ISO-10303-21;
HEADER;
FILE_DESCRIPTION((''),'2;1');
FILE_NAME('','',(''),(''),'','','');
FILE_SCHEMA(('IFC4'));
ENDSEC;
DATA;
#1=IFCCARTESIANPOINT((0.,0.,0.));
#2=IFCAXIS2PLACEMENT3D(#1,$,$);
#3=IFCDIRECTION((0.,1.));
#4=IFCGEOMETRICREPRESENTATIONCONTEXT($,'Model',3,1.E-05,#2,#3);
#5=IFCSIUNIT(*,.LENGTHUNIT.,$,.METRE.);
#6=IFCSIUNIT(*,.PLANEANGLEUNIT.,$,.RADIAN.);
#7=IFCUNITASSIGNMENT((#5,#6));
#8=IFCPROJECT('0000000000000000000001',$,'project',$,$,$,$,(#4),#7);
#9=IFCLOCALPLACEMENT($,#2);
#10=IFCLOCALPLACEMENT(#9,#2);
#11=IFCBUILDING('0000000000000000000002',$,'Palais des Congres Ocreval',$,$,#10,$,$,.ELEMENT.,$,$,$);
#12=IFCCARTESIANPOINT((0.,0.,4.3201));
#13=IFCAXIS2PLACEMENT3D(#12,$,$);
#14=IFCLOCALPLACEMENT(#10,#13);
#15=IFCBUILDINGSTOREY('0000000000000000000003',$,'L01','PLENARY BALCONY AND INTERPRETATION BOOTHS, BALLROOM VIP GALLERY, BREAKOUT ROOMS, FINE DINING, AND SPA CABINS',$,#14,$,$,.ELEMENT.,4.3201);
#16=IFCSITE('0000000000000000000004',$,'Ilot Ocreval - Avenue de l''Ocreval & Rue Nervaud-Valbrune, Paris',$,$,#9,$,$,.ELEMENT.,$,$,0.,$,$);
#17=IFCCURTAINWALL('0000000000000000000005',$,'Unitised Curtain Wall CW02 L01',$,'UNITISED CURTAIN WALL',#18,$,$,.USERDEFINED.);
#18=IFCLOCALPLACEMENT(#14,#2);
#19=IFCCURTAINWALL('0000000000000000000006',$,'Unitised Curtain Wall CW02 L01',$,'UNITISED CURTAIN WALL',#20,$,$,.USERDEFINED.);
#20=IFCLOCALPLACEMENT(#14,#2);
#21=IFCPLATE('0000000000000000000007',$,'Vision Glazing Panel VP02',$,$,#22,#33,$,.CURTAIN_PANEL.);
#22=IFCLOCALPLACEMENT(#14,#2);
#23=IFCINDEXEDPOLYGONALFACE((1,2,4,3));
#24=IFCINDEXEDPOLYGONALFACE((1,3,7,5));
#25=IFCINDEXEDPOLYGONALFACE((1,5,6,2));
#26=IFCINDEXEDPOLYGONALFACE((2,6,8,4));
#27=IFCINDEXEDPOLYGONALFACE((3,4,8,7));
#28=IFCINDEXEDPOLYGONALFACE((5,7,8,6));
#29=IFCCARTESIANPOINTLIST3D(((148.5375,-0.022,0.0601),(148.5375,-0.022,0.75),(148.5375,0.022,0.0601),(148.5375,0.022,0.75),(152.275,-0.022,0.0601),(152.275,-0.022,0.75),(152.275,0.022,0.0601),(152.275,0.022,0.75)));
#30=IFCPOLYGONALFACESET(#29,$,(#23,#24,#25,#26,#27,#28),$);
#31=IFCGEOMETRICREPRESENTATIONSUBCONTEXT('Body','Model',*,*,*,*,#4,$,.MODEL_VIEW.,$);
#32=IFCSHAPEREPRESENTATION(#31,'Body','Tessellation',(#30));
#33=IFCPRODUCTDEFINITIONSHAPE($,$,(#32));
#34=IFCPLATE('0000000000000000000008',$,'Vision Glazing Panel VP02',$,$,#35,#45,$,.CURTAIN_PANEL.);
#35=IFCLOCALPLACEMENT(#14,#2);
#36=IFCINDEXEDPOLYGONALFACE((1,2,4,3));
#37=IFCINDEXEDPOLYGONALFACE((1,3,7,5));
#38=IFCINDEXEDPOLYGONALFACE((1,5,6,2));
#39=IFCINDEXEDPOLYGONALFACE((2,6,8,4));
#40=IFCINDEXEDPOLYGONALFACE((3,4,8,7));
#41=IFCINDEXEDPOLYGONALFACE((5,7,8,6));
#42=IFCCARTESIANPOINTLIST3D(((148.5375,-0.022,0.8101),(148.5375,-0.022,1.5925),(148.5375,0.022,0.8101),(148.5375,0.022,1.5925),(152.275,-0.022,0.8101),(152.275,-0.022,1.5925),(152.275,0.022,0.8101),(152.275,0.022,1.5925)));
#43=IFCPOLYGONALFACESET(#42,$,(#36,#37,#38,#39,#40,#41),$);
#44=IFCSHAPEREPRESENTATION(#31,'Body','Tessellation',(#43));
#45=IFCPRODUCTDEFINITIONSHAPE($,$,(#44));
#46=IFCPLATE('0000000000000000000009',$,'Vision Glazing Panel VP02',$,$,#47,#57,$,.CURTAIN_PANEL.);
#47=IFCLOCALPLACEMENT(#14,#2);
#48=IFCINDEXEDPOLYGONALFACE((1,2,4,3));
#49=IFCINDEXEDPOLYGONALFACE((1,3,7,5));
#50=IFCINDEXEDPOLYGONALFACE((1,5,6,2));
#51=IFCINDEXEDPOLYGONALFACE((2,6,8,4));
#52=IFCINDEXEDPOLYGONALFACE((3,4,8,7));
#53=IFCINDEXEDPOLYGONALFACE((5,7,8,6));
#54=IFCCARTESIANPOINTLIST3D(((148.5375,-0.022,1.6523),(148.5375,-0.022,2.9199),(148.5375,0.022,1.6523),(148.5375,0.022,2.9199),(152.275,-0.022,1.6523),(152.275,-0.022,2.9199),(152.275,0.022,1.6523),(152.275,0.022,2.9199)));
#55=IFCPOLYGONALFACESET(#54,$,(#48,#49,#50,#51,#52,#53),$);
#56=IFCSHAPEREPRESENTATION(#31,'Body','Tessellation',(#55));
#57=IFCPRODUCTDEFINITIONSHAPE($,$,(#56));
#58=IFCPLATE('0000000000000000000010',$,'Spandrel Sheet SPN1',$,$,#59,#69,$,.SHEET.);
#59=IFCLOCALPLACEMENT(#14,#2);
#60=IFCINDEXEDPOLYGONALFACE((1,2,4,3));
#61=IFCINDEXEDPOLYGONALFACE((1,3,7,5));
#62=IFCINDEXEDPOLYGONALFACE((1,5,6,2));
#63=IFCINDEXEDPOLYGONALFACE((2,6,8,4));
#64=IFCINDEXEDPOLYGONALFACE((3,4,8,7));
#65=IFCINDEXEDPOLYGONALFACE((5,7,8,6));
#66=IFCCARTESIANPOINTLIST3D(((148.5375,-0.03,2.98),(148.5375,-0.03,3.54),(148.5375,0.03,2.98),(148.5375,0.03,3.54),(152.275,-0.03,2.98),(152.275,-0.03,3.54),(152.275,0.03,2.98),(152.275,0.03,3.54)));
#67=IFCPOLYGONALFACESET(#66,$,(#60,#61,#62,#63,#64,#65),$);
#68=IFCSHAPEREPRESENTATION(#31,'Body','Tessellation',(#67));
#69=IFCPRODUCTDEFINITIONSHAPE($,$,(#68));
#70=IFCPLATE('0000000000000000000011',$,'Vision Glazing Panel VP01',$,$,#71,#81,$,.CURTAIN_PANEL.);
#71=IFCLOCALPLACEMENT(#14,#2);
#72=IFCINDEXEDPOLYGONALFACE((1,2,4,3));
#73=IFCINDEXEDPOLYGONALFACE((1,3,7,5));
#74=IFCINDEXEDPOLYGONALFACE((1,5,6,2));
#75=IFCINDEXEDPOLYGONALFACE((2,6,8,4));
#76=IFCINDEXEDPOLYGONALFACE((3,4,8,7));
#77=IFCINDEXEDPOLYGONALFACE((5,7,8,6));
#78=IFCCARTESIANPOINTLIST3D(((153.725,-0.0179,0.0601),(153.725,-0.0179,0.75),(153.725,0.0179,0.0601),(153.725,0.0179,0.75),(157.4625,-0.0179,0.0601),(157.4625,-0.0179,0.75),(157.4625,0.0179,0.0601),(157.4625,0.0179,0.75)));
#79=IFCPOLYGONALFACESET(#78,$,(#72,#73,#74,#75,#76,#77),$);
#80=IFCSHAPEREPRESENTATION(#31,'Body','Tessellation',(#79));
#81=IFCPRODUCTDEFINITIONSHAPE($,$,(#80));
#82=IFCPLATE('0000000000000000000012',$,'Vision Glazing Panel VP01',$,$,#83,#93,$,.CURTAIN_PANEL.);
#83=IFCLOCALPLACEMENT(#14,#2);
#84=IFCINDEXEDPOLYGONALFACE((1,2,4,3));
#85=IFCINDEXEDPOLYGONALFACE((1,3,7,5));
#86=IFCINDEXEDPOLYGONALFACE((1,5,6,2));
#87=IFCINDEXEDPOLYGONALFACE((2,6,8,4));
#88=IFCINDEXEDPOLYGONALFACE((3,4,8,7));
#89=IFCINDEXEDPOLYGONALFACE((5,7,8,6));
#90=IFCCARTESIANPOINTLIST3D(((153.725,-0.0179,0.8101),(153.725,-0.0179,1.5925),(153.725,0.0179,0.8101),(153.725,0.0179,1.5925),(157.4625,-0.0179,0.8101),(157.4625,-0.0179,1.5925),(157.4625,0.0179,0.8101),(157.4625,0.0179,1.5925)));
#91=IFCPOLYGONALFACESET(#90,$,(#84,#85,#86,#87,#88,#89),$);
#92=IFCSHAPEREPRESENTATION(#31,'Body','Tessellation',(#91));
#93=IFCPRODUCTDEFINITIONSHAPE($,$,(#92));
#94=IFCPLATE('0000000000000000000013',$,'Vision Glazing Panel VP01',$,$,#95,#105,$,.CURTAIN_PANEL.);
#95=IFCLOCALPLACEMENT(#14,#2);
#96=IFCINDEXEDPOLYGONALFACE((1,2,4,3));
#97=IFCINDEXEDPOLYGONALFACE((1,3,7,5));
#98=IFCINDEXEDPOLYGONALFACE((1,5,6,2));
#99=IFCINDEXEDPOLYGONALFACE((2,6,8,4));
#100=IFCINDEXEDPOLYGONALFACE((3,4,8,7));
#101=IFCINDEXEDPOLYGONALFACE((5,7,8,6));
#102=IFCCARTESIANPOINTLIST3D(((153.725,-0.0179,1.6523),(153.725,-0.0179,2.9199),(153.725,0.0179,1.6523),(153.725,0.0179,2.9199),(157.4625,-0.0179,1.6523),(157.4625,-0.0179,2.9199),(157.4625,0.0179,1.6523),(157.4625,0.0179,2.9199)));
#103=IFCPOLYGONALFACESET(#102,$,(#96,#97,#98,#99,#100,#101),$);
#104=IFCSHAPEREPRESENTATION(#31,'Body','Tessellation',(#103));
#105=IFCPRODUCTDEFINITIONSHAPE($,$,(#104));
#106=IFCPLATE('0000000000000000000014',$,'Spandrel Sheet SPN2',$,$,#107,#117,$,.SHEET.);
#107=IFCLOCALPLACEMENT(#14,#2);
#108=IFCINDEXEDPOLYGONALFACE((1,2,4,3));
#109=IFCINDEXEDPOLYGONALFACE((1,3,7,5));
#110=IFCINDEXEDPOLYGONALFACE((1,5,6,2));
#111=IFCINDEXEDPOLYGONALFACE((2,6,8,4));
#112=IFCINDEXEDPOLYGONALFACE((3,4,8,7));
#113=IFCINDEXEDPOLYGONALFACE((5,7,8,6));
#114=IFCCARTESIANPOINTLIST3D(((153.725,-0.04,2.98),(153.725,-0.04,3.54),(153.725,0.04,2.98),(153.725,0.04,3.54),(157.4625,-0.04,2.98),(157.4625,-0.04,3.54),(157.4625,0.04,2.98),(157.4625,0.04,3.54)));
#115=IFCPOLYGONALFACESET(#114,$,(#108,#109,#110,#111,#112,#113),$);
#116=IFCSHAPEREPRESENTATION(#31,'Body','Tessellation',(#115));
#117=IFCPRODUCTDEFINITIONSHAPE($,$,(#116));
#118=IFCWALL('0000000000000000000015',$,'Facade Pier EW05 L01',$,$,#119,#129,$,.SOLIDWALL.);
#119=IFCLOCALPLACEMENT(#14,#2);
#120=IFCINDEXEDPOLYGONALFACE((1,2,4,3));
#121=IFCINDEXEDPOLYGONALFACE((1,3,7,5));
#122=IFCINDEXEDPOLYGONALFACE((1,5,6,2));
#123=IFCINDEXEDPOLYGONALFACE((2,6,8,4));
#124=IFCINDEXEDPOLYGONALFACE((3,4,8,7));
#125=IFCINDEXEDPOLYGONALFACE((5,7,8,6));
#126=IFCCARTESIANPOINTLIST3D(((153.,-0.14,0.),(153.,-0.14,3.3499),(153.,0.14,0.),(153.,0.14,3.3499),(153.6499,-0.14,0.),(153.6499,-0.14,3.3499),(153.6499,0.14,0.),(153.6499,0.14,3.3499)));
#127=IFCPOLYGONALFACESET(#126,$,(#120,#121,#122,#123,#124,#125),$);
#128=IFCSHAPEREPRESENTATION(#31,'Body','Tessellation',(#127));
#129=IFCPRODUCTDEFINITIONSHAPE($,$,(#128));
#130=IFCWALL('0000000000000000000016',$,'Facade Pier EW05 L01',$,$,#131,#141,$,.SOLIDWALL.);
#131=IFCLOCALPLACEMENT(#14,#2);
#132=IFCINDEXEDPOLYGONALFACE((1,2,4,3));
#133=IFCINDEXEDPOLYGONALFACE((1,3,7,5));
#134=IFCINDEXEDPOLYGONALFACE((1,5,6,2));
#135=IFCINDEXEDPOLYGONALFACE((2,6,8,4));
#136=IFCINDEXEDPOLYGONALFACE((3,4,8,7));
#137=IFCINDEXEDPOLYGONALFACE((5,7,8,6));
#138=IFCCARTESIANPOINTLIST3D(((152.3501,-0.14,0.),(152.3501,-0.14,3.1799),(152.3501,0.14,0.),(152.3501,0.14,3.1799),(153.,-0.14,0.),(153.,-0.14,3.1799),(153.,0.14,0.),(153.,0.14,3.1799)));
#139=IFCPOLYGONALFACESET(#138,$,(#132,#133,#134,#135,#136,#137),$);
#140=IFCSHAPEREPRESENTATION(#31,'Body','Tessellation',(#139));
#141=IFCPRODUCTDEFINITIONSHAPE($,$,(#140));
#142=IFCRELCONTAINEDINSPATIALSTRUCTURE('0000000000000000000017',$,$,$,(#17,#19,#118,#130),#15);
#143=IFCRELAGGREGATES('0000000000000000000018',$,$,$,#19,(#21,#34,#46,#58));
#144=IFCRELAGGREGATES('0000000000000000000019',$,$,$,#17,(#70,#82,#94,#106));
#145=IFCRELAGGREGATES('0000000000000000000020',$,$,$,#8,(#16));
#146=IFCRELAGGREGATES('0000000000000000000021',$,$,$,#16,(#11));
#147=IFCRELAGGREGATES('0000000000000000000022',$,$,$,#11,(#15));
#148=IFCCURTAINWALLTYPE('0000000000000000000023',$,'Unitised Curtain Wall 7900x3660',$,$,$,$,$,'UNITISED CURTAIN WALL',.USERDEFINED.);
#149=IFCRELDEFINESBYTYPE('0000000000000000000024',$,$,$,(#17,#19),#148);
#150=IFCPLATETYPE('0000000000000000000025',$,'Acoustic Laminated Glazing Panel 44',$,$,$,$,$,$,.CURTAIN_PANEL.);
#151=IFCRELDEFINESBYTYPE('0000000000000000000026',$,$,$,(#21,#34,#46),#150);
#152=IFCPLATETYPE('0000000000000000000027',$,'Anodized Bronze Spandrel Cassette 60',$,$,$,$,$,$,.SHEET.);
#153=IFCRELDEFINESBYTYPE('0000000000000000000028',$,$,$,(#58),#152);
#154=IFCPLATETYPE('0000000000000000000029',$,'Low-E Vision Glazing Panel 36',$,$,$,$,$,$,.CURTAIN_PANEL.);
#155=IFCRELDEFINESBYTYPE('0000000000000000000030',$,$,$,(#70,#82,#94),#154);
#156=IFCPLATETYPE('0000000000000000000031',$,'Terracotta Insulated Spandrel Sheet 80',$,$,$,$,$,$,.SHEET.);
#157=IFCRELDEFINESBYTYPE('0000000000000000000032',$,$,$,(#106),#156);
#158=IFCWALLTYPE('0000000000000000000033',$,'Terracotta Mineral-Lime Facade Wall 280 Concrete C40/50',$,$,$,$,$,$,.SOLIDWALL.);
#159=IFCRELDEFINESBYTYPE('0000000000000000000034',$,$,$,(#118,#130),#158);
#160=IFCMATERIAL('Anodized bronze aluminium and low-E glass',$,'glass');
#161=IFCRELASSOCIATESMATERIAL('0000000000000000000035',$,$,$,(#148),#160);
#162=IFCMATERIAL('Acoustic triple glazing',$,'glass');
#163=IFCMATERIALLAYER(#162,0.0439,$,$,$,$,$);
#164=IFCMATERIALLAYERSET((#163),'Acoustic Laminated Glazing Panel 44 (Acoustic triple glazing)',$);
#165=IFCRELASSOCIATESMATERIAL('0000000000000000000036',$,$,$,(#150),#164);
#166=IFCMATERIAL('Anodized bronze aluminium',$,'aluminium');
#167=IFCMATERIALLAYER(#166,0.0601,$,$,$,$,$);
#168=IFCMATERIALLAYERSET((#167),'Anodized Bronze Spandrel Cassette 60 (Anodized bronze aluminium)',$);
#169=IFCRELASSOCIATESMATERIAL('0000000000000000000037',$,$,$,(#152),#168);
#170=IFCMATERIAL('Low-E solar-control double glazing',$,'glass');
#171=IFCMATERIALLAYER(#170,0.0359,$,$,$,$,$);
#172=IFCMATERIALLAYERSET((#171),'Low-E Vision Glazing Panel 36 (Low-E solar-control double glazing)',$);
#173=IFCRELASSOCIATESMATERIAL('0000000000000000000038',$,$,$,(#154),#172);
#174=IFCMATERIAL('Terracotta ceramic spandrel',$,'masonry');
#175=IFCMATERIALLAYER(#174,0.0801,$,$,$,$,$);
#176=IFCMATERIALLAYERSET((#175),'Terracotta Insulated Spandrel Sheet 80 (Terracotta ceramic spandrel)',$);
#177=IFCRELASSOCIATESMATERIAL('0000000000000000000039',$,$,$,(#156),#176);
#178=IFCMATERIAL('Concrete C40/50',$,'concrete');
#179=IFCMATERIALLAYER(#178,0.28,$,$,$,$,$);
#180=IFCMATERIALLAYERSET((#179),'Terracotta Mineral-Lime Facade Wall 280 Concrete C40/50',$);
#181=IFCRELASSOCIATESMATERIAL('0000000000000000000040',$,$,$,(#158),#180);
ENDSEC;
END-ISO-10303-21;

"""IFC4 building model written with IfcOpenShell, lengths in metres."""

from ifc_helpers import new_model, si_unit, direction, frame, frame_2d, origin, origin_2d, place, context, subcontext, project, spatial, rectangle, extrude, material, layer, layer_set, type_object, element, aggregate, save


model = new_model("IFC4")

# Units and contexts
model_context = context("Model", 3, precision=1e-05, world=origin(), true_north=direction((0.0, 1.0)))
body_context = subcontext(model_context, "Body", "Model", "MODEL_VIEW")
ifc_project = project(units=[si_unit("LENGTHUNIT", "METRE"), si_unit("PLANEANGLEUNIT", "RADIAN")], contexts=[model_context])

# Site, building, storey
site_placement = place(None, origin())
site = spatial("IfcSite", under=ifc_project, at=site_placement, Name="Ilot Ocreval - Avenue de l'Ocreval & Rue Nervaud-Valbrune, Paris", CompositionType="ELEMENT", RefElevation=0.0)
building_placement = place(site_placement, origin())
building = spatial("IfcBuilding", under=site, at=building_placement, Name="Palais des Congres Ocreval", CompositionType="ELEMENT")
storey_placement = place(building_placement, frame((0.0, 0.0, 4.3201)))
storey = spatial("IfcBuildingStorey", under=building, at=storey_placement, Name="L01", Description="PLENARY BALCONY AND INTERPRETATION BOOTHS, BALLROOM VIP GALLERY, BREAKOUT ROOMS, FINE DINING, AND SPA CABINS", CompositionType="ELEMENT", Elevation=4.3201)

# Curtain walls
ifc_material_1 = material(Name="Anodized bronze aluminium and low-E glass", Category="glass")
curtain_wall_type = type_object("IfcCurtainWallType", Name="Unitised Curtain Wall 7900x3660", ElementType="UNITISED CURTAIN WALL", PredefinedType="USERDEFINED", material=ifc_material_1)
curtain_wall_1_placement = place(storey_placement, origin())
curtain_wall_1 = element("IfcCurtainWall", 1, at=curtain_wall_1_placement, inside=storey, type_object=curtain_wall_type, Name="Unitised Curtain Wall CW02 L01", ObjectType="UNITISED CURTAIN WALL", PredefinedType="USERDEFINED")
ifc_material_2 = material(Name="Anodized bronze aluminium", Category="aluminium")
curtain_wall_2_placement = place(storey_placement, origin())
curtain_wall_2 = element("IfcCurtainWall", 2, at=curtain_wall_2_placement, inside=storey, type_object=curtain_wall_type, Name="Unitised Curtain Wall CW02 L01", ObjectType="UNITISED CURTAIN WALL", PredefinedType="USERDEFINED")

# Plates
ifc_material_3 = material(Name="Acoustic triple glazing", Category="glass")
ifc_layer_1 = layer(ifc_material_3, 0.0439)
ifc_layer_set_1 = layer_set([ifc_layer_1], Name="Acoustic Laminated Glazing Panel 44 (Acoustic triple glazing)")
plate_type_1 = type_object("IfcPlateType", Name="Acoustic Laminated Glazing Panel 44", PredefinedType="CURTAIN_PANEL", material=ifc_layer_set_1)
plate_1_placement = place(storey_placement, frame((150.4062, 0.0, 0.0601), z_axis=(0.0, 0.0, 1.0), x_axis=(-1.0, 0.0, 0.0)))
plate_1 = element("IfcPlate", 3, at=plate_1_placement, type_object=plate_type_1, Name="Vision Glazing Panel VP02", PredefinedType="CURTAIN_PANEL", context=body_context, shape_type="SweptSolid", body=[
    extrude(rectangle(XDim=3.7375, YDim=0.0439, at=origin_2d()), origin(), (0.0, 0.0, 1.0), 0.6899),
])
plate_2_placement = place(storey_placement, frame((150.4062, 0.0, 0.8101), z_axis=(0.0, 0.0, 1.0), x_axis=(-1.0, 0.0, 0.0)))
plate_2 = element("IfcPlate", 4, at=plate_2_placement, type_object=plate_type_1, Name="Vision Glazing Panel VP02", PredefinedType="CURTAIN_PANEL", context=body_context, shape_type="SweptSolid", body=[
    extrude(rectangle(XDim=3.7375, YDim=0.0439, at=origin_2d()), origin(), (0.0, 0.0, 1.0), 0.7825),
])
plate_3_placement = place(storey_placement, frame((150.4062, 0.0, 1.6523), z_axis=(0.0, 0.0, 1.0), x_axis=(-1.0, 0.0, 0.0)))
plate_3 = element("IfcPlate", 5, at=plate_3_placement, type_object=plate_type_1, Name="Vision Glazing Panel VP02", PredefinedType="CURTAIN_PANEL", context=body_context, shape_type="SweptSolid", body=[
    extrude(rectangle(XDim=3.7375, YDim=0.0439, at=origin_2d()), origin(), (0.0, 0.0, 1.0), 1.2676),
])
ifc_layer_2 = layer(ifc_material_2, 0.0601)
ifc_layer_set_2 = layer_set([ifc_layer_2], Name="Anodized Bronze Spandrel Cassette 60 (Anodized bronze aluminium)")
plate_type_2 = type_object("IfcPlateType", Name="Anodized Bronze Spandrel Cassette 60", PredefinedType="SHEET", material=ifc_layer_set_2)
plate_4_placement = place(storey_placement, frame((150.4062, 0.0, 2.98), z_axis=(0.0, 0.0, 1.0), x_axis=(-1.0, 0.0, 0.0)))
plate_4 = element("IfcPlate", 6, at=plate_4_placement, type_object=plate_type_2, Name="Spandrel Sheet SPN1", PredefinedType="SHEET", context=body_context, shape_type="SweptSolid", body=[
    extrude(rectangle(XDim=3.7375, YDim=0.0601, at=origin_2d()), origin(), (0.0, 0.0, 1.0), 0.5601),
])
aggregate(curtain_wall_2, [plate_1, plate_2, plate_3, plate_4])
ifc_material_4 = material(Name="Low-E solar-control double glazing", Category="glass")
ifc_layer_3 = layer(ifc_material_4, 0.0359)
ifc_layer_set_3 = layer_set([ifc_layer_3], Name="Low-E Vision Glazing Panel 36 (Low-E solar-control double glazing)")
plate_type_3 = type_object("IfcPlateType", Name="Low-E Vision Glazing Panel 36", PredefinedType="CURTAIN_PANEL", material=ifc_layer_set_3)
plate_5_placement = place(storey_placement, frame((155.5938, 0.0, 0.0601), z_axis=(0.0, 0.0, 1.0), x_axis=(-1.0, 0.0, 0.0)))
plate_5 = element("IfcPlate", 7, at=plate_5_placement, type_object=plate_type_3, Name="Vision Glazing Panel VP01", PredefinedType="CURTAIN_PANEL", context=body_context, shape_type="SweptSolid", body=[
    extrude(rectangle(XDim=3.7375, YDim=0.0359, at=origin_2d()), origin(), (0.0, 0.0, 1.0), 0.6899),
])
plate_6_placement = place(storey_placement, frame((155.5938, 0.0, 0.8101), z_axis=(0.0, 0.0, 1.0), x_axis=(-1.0, 0.0, 0.0)))
plate_6 = element("IfcPlate", 8, at=plate_6_placement, type_object=plate_type_3, Name="Vision Glazing Panel VP01", PredefinedType="CURTAIN_PANEL", context=body_context, shape_type="SweptSolid", body=[
    extrude(rectangle(XDim=3.7375, YDim=0.0359, at=origin_2d()), origin(), (0.0, 0.0, 1.0), 0.7825),
])
plate_7_placement = place(storey_placement, frame((155.5938, 0.0, 1.6523), z_axis=(0.0, 0.0, 1.0), x_axis=(-1.0, 0.0, 0.0)))
plate_7 = element("IfcPlate", 9, at=plate_7_placement, type_object=plate_type_3, Name="Vision Glazing Panel VP01", PredefinedType="CURTAIN_PANEL", context=body_context, shape_type="SweptSolid", body=[
    extrude(rectangle(XDim=3.7375, YDim=0.0359, at=origin_2d()), origin(), (0.0, 0.0, 1.0), 1.2676),
])
ifc_material_5 = material(Name="Terracotta ceramic spandrel", Category="masonry")
ifc_layer_4 = layer(ifc_material_5, 0.0801)
ifc_layer_set_4 = layer_set([ifc_layer_4], Name="Terracotta Insulated Spandrel Sheet 80 (Terracotta ceramic spandrel)")
plate_type_4 = type_object("IfcPlateType", Name="Terracotta Insulated Spandrel Sheet 80", PredefinedType="SHEET", material=ifc_layer_set_4)
plate_8_placement = place(storey_placement, frame((155.5938, 0.0, 2.98), z_axis=(0.0, 0.0, 1.0), x_axis=(-1.0, 0.0, 0.0)))
plate_8 = element("IfcPlate", 10, at=plate_8_placement, type_object=plate_type_4, Name="Spandrel Sheet SPN2", PredefinedType="SHEET", context=body_context, shape_type="SweptSolid", body=[
    extrude(rectangle(XDim=3.7375, YDim=0.0801, at=origin_2d()), origin(), (0.0, 0.0, 1.0), 0.5601),
])
aggregate(curtain_wall_1, [plate_5, plate_6, plate_7, plate_8])

# Walls
ifc_material_6 = material(Name="Concrete C40/50", Category="concrete")
ifc_layer_5 = layer(ifc_material_6, 0.28)
ifc_layer_set_5 = layer_set([ifc_layer_5], Name="Terracotta Mineral-Lime Facade Wall 280 Concrete C40/50")
wall_type = type_object("IfcWallType", Name="Terracotta Mineral-Lime Facade Wall 280 Concrete C40/50", PredefinedType="SOLIDWALL", material=ifc_layer_set_5)
wall_1_placement = place(storey_placement, frame((153.6499, 0.0, 0.0), z_axis=(0.0, 0.0, 1.0), x_axis=(-1.0, 0.0, 0.0)))
element("IfcWall", 11, at=wall_1_placement, inside=storey, type_object=wall_type, Name="Facade Pier EW05 L01", PredefinedType="SOLIDWALL", context=body_context, shape_type="SweptSolid", body=[
    extrude(rectangle(XDim=0.6499, YDim=0.28, at=frame_2d((0.325, 0.0))), origin(), (0.0, 0.0, 1.0), 3.3499),
])
wall_2_placement = place(storey_placement, frame((153.0, 0.0, 0.0), z_axis=(0.0, 0.0, 1.0), x_axis=(-1.0, 0.0, 0.0)))
element("IfcWall", 12, at=wall_2_placement, inside=storey, type_object=wall_type, Name="Facade Pier EW05 L01", PredefinedType="SOLIDWALL", context=body_context, shape_type="SweptSolid", body=[
    extrude(rectangle(XDim=0.6499, YDim=0.28, at=frame_2d((0.325, 0.0))), origin(), (0.0, 0.0, 1.0), 3.1799),
])

save(model, "model.ifc")
